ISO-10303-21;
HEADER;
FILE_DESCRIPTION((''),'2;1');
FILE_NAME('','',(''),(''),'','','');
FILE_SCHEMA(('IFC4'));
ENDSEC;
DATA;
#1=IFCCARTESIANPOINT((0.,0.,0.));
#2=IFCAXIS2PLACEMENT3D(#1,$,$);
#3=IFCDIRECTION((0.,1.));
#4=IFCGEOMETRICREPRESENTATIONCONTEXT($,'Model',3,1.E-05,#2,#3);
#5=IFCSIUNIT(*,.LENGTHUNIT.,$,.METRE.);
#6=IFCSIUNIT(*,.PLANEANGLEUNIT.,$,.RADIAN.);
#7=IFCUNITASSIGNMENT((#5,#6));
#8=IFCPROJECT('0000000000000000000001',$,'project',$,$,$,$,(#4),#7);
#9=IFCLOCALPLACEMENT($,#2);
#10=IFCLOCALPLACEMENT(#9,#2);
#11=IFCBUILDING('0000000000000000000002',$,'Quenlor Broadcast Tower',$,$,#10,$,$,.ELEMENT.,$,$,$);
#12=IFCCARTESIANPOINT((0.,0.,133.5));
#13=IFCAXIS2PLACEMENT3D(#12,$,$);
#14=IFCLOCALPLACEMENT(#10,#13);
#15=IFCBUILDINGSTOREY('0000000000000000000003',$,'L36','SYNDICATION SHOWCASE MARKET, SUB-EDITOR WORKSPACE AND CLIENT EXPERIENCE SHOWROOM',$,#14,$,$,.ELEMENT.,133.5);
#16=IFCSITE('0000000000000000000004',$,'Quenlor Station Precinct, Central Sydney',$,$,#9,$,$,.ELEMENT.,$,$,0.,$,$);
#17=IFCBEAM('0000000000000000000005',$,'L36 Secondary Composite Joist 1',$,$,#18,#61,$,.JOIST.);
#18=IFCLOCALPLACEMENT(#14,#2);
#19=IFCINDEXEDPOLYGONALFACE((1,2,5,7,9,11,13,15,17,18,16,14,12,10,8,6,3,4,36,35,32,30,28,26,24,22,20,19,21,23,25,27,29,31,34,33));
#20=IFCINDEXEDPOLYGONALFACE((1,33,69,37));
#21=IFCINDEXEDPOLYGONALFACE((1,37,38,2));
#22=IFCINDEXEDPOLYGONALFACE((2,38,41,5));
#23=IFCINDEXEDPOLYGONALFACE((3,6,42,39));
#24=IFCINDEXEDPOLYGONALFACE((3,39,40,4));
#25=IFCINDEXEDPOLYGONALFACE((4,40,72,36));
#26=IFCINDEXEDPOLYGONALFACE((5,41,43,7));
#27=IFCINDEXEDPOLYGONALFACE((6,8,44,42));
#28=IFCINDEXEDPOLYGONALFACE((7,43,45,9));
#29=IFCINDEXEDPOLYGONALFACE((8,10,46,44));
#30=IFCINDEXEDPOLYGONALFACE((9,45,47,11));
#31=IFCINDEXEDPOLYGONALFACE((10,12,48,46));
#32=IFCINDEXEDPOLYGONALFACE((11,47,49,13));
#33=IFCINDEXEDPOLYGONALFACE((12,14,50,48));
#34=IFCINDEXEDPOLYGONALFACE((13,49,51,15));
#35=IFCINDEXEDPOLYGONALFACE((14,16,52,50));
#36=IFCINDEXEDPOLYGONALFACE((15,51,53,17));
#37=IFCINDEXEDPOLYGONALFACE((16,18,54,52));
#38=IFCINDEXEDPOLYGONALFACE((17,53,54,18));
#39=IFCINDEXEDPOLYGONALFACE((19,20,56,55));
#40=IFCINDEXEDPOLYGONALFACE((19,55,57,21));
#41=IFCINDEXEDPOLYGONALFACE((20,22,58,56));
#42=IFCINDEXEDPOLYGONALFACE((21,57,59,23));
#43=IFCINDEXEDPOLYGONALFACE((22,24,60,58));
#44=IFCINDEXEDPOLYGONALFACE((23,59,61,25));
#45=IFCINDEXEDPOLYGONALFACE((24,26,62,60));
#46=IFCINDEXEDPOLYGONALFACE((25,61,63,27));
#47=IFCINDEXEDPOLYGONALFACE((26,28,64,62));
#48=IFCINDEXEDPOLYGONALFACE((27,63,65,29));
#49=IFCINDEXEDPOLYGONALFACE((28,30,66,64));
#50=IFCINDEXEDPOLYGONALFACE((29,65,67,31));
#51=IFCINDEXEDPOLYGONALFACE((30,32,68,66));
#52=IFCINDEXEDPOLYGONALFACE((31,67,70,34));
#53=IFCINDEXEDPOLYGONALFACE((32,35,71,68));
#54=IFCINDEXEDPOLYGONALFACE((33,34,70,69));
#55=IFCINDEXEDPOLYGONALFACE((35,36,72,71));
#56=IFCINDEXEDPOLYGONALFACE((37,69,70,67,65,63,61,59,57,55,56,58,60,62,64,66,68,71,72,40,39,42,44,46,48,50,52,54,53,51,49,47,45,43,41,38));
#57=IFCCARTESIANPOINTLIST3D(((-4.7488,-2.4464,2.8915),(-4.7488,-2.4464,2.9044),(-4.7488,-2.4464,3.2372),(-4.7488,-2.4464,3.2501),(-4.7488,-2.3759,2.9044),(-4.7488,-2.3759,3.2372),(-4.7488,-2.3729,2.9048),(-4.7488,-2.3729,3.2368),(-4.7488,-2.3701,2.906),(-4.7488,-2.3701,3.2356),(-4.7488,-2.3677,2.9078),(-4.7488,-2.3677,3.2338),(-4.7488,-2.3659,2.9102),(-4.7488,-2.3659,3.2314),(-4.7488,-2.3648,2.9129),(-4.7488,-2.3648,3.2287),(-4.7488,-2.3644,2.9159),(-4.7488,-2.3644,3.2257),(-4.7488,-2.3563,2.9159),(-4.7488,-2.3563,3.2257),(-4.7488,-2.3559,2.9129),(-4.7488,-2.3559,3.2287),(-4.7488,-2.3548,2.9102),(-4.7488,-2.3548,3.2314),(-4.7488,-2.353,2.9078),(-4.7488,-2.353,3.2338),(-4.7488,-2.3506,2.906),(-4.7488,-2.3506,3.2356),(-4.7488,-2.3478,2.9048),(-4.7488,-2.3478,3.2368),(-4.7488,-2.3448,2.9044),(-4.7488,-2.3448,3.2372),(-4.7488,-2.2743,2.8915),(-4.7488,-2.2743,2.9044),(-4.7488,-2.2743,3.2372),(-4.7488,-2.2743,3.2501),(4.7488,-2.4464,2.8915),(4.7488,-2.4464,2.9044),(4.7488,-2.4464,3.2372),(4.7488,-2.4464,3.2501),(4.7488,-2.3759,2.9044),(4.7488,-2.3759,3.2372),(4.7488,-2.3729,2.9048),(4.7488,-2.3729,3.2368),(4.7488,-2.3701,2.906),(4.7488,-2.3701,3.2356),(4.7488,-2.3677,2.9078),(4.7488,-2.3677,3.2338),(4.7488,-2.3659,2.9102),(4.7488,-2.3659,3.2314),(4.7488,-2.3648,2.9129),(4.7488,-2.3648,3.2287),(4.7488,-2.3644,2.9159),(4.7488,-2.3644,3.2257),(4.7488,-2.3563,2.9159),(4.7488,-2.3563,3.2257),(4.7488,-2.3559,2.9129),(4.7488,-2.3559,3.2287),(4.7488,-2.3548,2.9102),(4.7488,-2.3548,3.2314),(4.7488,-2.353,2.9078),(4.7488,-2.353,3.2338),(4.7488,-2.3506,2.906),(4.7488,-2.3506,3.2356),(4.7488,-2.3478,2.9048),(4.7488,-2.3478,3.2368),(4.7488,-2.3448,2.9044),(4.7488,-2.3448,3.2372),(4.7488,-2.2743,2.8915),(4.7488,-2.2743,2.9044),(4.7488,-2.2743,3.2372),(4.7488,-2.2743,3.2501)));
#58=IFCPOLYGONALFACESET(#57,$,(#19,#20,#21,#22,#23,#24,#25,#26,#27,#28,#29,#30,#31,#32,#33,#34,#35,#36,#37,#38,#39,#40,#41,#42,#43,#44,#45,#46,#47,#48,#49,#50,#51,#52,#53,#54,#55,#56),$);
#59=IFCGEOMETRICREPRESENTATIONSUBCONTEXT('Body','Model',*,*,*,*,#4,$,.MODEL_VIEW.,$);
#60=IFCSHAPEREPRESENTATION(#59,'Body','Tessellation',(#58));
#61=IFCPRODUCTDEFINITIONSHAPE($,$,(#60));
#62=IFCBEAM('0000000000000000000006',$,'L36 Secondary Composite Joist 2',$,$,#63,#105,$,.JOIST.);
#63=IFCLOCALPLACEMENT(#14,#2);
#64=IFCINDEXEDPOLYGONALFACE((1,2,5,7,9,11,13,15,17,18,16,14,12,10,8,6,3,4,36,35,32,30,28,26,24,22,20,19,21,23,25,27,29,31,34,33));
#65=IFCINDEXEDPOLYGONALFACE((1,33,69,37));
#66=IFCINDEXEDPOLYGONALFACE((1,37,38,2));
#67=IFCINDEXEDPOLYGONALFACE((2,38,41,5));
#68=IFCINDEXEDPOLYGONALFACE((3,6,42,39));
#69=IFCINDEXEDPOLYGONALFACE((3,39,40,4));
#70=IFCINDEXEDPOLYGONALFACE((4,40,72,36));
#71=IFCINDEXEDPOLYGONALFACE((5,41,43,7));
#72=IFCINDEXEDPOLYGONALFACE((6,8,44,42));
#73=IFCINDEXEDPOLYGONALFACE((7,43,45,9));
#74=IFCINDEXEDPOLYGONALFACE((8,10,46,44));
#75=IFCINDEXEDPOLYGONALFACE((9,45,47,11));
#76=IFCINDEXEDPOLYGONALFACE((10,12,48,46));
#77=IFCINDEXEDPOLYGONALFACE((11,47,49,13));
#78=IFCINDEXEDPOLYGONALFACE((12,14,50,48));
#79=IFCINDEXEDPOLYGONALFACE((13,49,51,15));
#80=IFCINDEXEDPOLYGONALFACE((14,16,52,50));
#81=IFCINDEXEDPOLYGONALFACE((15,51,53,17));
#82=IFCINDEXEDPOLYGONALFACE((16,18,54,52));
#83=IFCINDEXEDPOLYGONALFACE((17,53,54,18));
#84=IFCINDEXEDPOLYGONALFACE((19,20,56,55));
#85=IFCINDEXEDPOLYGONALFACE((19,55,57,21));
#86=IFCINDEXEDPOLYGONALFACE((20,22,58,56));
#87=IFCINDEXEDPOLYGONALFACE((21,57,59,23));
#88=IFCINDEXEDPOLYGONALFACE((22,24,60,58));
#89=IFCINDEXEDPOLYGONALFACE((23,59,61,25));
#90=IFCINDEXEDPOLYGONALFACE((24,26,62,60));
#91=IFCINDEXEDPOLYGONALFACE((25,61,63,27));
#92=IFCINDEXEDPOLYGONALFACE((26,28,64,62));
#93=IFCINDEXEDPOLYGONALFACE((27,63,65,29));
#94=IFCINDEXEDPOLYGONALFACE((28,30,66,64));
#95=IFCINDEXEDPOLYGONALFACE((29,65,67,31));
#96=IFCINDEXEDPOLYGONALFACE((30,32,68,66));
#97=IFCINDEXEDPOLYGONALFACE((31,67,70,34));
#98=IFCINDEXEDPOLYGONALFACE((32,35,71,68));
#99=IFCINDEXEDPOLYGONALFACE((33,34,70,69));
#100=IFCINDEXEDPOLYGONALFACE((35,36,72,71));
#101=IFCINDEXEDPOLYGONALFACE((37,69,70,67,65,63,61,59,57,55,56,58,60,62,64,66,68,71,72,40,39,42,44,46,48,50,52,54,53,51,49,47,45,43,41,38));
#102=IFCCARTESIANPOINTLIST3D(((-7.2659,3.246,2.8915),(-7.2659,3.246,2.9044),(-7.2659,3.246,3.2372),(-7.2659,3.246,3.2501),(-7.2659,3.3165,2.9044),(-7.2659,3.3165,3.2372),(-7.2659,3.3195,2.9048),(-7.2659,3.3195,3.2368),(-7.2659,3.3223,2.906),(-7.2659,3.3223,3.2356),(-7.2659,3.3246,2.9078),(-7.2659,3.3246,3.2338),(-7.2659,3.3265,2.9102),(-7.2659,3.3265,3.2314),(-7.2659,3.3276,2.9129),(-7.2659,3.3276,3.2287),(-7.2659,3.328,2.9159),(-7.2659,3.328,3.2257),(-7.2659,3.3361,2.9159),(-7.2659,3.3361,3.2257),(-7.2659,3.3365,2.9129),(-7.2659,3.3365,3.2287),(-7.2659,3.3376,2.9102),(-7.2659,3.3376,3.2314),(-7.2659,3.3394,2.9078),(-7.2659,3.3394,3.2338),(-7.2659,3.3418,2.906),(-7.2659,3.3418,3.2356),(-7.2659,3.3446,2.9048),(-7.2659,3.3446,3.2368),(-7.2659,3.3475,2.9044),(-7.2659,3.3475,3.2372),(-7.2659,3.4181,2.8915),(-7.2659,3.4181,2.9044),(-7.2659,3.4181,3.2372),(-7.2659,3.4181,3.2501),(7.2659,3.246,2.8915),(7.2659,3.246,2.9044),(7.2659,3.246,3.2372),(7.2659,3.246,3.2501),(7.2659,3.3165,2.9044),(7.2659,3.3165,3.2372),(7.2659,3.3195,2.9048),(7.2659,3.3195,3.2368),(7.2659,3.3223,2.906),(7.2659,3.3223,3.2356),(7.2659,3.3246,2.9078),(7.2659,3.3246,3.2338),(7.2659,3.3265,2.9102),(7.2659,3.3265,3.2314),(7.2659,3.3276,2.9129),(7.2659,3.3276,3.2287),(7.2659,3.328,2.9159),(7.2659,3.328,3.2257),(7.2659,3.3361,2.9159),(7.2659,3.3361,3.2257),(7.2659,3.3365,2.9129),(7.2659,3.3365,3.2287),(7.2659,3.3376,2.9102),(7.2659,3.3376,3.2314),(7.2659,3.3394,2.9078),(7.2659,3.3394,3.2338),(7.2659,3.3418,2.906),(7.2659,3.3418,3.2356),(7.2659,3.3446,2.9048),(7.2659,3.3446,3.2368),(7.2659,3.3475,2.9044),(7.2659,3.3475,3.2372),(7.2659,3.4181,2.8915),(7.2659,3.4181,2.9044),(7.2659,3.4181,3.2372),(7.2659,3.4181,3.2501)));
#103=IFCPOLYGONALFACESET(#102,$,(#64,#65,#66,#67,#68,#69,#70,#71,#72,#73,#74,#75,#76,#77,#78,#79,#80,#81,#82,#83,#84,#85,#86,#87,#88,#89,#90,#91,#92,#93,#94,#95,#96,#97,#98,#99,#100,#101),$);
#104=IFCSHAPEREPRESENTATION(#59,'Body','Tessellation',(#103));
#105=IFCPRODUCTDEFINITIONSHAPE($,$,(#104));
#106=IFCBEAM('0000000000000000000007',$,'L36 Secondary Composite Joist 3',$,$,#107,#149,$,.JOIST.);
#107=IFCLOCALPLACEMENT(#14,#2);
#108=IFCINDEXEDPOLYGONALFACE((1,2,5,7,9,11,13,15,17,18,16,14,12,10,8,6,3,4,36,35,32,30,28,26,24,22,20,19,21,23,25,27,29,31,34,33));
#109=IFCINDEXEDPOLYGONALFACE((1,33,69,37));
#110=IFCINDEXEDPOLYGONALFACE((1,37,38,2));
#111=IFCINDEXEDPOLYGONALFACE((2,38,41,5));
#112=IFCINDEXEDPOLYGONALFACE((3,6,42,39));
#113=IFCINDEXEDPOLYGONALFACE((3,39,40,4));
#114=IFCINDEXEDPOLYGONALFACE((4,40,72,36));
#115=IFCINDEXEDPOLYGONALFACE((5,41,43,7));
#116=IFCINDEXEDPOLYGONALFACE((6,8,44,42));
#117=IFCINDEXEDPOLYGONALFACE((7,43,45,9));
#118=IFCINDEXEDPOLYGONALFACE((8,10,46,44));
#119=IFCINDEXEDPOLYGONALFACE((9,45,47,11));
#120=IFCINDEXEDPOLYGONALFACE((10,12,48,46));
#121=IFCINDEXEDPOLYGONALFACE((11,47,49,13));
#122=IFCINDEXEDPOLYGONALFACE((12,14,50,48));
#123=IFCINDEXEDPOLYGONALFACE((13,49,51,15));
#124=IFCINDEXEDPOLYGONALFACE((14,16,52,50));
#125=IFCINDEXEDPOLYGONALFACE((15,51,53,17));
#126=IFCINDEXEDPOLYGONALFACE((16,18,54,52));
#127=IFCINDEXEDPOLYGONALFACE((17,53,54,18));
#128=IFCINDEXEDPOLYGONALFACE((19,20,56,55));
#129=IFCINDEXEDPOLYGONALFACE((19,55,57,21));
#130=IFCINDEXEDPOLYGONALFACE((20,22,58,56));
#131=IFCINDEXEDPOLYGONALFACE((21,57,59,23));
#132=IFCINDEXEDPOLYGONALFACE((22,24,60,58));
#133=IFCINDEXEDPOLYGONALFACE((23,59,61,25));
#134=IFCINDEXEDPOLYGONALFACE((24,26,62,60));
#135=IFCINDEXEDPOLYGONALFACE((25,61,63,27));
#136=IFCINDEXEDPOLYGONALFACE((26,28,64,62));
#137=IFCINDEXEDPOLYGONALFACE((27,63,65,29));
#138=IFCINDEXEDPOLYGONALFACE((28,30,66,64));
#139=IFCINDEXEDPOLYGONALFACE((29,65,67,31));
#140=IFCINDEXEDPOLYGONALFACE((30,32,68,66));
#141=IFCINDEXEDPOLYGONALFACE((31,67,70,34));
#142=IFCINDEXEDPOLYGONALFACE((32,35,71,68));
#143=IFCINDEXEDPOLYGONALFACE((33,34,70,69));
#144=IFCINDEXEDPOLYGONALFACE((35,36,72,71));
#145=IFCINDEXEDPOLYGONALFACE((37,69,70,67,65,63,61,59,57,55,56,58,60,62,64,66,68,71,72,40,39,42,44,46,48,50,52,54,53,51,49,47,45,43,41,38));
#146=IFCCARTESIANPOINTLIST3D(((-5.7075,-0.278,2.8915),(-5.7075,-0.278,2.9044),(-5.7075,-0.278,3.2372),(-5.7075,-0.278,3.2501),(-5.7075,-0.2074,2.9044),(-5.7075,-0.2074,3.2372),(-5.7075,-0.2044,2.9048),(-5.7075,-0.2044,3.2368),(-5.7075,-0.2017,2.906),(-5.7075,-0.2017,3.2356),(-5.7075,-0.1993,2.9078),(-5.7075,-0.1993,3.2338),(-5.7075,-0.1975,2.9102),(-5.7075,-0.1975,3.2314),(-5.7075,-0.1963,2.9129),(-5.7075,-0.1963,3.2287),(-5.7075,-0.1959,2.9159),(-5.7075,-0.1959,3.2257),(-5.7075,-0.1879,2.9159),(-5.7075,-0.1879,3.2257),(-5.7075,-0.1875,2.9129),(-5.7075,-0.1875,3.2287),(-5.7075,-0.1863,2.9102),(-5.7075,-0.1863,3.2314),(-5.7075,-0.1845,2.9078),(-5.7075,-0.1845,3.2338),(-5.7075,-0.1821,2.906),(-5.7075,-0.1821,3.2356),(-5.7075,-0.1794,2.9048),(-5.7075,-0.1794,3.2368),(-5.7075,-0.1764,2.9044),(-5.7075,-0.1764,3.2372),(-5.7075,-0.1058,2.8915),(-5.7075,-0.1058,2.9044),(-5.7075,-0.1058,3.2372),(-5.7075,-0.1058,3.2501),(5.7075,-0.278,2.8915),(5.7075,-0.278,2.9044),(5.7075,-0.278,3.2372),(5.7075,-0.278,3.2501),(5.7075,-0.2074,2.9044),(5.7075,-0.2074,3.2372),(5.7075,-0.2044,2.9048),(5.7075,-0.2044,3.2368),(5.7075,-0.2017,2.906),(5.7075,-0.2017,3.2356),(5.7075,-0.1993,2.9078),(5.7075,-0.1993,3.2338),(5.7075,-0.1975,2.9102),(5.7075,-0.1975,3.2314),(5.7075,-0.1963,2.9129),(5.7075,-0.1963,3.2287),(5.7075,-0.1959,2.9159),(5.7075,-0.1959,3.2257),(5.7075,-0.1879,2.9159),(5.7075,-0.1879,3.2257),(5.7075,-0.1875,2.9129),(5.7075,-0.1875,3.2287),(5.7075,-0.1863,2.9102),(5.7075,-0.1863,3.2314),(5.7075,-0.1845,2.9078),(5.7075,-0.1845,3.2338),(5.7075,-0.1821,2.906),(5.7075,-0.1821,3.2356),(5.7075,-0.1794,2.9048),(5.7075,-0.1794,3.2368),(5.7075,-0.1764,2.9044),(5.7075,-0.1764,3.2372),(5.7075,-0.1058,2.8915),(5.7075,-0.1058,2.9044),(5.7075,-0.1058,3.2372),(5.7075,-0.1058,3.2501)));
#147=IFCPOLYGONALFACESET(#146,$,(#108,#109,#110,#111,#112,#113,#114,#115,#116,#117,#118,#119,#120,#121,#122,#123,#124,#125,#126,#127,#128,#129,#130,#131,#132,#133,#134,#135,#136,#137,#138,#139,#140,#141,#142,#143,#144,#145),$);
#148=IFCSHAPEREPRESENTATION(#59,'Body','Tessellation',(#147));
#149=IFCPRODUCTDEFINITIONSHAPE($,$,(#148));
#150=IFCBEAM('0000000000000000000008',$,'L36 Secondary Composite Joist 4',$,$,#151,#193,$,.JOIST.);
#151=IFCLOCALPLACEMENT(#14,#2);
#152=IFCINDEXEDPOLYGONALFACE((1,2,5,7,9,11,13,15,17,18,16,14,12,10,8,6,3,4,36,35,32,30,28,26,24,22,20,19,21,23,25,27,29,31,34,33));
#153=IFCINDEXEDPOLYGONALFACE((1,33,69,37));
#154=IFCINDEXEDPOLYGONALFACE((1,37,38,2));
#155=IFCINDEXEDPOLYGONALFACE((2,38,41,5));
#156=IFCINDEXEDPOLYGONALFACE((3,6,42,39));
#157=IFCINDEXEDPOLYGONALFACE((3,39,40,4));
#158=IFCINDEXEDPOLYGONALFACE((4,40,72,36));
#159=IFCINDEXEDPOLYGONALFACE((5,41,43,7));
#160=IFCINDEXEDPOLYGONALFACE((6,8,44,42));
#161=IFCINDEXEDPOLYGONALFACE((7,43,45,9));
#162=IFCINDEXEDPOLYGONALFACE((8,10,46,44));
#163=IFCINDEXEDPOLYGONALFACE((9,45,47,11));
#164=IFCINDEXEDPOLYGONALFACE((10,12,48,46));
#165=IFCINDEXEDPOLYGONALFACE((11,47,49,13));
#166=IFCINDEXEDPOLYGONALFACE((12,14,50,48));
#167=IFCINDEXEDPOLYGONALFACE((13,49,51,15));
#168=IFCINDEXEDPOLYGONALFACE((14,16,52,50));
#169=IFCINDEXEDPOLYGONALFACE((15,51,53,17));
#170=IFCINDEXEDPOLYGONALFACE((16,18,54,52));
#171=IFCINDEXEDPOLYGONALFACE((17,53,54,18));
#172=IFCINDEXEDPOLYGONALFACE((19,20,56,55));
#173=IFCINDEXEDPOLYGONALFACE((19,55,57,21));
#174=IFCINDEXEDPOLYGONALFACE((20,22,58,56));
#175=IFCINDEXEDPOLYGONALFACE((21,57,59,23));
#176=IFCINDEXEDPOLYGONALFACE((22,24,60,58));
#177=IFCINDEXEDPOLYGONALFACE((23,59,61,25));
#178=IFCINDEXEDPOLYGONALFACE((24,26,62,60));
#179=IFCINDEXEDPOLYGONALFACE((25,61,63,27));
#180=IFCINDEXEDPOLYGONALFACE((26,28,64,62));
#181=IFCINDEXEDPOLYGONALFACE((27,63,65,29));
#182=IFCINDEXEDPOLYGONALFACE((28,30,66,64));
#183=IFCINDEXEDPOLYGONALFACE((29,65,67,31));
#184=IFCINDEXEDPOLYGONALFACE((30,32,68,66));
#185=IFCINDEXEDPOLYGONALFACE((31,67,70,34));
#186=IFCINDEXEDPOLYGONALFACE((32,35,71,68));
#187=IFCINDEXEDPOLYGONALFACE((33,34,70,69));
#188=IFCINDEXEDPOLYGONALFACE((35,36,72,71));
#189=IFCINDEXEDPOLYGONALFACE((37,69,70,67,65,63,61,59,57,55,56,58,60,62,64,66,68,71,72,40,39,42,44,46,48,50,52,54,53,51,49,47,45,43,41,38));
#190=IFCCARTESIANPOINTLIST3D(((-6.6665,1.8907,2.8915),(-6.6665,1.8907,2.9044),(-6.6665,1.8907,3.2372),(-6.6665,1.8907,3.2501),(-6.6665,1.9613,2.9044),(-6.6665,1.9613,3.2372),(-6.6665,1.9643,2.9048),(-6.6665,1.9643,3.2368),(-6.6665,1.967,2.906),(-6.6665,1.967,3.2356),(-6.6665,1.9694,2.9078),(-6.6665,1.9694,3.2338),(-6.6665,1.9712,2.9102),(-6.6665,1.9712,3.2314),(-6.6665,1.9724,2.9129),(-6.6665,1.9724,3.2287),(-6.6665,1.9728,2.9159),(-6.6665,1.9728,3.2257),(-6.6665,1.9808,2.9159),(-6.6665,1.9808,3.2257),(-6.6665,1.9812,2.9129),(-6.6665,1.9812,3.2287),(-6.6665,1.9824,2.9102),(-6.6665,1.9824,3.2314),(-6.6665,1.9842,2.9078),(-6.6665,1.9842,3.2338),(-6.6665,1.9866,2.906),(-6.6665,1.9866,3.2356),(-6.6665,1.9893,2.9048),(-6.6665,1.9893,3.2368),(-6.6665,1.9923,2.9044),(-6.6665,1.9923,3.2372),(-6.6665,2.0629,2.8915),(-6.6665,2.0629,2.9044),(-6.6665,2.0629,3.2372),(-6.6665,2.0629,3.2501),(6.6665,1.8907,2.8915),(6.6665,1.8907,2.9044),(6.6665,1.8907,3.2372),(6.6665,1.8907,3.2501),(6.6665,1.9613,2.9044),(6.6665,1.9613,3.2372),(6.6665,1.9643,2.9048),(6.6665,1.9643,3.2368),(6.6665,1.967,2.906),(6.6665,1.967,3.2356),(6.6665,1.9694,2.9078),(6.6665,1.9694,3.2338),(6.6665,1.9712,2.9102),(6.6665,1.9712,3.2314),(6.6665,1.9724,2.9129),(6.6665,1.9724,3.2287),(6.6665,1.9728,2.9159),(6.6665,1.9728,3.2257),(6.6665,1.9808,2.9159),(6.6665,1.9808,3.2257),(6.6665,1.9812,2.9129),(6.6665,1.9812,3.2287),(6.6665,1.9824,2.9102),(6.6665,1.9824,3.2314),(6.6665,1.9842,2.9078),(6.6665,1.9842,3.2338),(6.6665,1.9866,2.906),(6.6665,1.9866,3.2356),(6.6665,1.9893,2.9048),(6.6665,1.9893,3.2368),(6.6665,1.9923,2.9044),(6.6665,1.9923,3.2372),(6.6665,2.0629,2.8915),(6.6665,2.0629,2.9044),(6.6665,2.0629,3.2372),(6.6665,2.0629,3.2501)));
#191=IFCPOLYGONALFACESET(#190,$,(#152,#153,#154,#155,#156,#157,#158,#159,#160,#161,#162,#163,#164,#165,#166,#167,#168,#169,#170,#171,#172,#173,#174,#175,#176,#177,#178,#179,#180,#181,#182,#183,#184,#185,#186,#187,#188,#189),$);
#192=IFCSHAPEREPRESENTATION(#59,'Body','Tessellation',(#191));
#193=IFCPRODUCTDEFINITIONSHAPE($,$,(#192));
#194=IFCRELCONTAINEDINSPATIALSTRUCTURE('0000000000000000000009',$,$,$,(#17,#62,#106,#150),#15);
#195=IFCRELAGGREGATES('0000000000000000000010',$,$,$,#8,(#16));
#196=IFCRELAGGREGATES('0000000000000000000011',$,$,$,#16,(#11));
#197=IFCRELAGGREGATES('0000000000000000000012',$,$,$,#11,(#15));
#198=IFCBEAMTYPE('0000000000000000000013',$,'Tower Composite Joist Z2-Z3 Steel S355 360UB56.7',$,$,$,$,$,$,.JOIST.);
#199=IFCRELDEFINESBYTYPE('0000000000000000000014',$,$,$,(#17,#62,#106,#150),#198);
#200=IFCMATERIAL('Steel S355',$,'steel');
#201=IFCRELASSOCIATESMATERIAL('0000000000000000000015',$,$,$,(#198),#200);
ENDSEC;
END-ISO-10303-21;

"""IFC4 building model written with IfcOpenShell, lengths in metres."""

from ifc_helpers import new_model, si_unit, direction, frame, origin, origin_2d, place, context, subcontext, project, spatial, i_section, extrude, material, material_profile, profile_set, type_object, element, save


model = new_model("IFC4")

# Units and contexts
model_context = context("Model", 3, precision=1e-05, world=origin(), true_north=direction((0.0, 1.0)))
body_context = subcontext(model_context, "Body", "Model", "MODEL_VIEW")
ifc_project = project(units=[si_unit("LENGTHUNIT", "METRE"), si_unit("PLANEANGLEUNIT", "RADIAN")], contexts=[model_context])

# Site, building, storey
site_placement = place(None, origin())
site = spatial("IfcSite", under=ifc_project, at=site_placement, Name="Quenlor Station Precinct, Central Sydney", CompositionType="ELEMENT", RefElevation=0.0)
building_placement = place(site_placement, origin())
building = spatial("IfcBuilding", under=site, at=building_placement, Name="Quenlor Broadcast Tower", CompositionType="ELEMENT")
storey_placement = place(building_placement, frame((0.0, 0.0, 133.5)))
storey = spatial("IfcBuildingStorey", under=building, at=storey_placement, Name="L36", Description="SYNDICATION SHOWCASE MARKET, SUB-EDITOR WORKSPACE AND CLIENT EXPERIENCE SHOWROOM", CompositionType="ELEMENT", Elevation=133.5)

# Beams
ifc_material_1 = material(Name="Steel S355", Category="steel")
ifc_material_profile = material_profile(ifc_material_1, i_section(OverallWidth=0.1721, OverallDepth=0.3586, WebThickness=0.0081, FlangeThickness=0.0129, FilletRadius=0.0115, at=origin_2d()))
ifc_profile_set = profile_set([ifc_material_profile], Name="Steel S355 360UB56.7")
beam_type = type_object("IfcBeamType", Name="Tower Composite Joist Z2-Z3 Steel S355 360UB56.7", PredefinedType="JOIST", material=ifc_profile_set)
beam_1_placement = place(storey_placement, frame((-4.7488, -2.3604, 3.0708), z_axis=(1.0, 0.0, 0.0), x_axis=(0.0, 1.0, 0.0)))
element("IfcBeam", 1, at=beam_1_placement, inside=storey, type_object=beam_type, Name="L36 Secondary Composite Joist 1", PredefinedType="JOIST", context=body_context, shape_type="SweptSolid", body=[
    extrude(i_section(OverallWidth=0.1721, OverallDepth=0.3586, WebThickness=0.0081, FlangeThickness=0.0129, FilletRadius=0.0115, at=origin_2d()), origin(), (0.0, 0.0, 1.0), 9.4976),
])
beam_2_placement = place(storey_placement, frame((-7.2659, 3.332, 3.0708), z_axis=(1.0, 0.0, 0.0), x_axis=(0.0, 1.0, 0.0)))
element("IfcBeam", 2, at=beam_2_placement, inside=storey, type_object=beam_type, Name="L36 Secondary Composite Joist 2", PredefinedType="JOIST", context=body_context, shape_type="SweptSolid", body=[
    extrude(i_section(OverallWidth=0.1721, OverallDepth=0.3586, WebThickness=0.0081, FlangeThickness=0.0129, FilletRadius=0.0115, at=origin_2d()), origin(), (0.0, 0.0, 1.0), 14.5317),
])
beam_3_placement = place(storey_placement, frame((-5.7075, -0.1919, 3.0708), z_axis=(1.0, 0.0, 0.0), x_axis=(0.0, 1.0, 0.0)))
element("IfcBeam", 3, at=beam_3_placement, inside=storey, type_object=beam_type, Name="L36 Secondary Composite Joist 3", PredefinedType="JOIST", context=body_context, shape_type="SweptSolid", body=[
    extrude(i_section(OverallWidth=0.1721, OverallDepth=0.3586, WebThickness=0.0081, FlangeThickness=0.0129, FilletRadius=0.0115, at=origin_2d()), origin(), (0.0, 0.0, 1.0), 11.415),
])
beam_4_placement = place(storey_placement, frame((-6.6665, 1.9768, 3.0708), z_axis=(1.0, 0.0, 0.0), x_axis=(0.0, 1.0, 0.0)))
element("IfcBeam", 4, at=beam_4_placement, inside=storey, type_object=beam_type, Name="L36 Secondary Composite Joist 4", PredefinedType="JOIST", context=body_context, shape_type="SweptSolid", body=[
    extrude(i_section(OverallWidth=0.1721, OverallDepth=0.3586, WebThickness=0.0081, FlangeThickness=0.0129, FilletRadius=0.0115, at=origin_2d()), origin(), (0.0, 0.0, 1.0), 13.333),
])

save(model, "model.ifc")
